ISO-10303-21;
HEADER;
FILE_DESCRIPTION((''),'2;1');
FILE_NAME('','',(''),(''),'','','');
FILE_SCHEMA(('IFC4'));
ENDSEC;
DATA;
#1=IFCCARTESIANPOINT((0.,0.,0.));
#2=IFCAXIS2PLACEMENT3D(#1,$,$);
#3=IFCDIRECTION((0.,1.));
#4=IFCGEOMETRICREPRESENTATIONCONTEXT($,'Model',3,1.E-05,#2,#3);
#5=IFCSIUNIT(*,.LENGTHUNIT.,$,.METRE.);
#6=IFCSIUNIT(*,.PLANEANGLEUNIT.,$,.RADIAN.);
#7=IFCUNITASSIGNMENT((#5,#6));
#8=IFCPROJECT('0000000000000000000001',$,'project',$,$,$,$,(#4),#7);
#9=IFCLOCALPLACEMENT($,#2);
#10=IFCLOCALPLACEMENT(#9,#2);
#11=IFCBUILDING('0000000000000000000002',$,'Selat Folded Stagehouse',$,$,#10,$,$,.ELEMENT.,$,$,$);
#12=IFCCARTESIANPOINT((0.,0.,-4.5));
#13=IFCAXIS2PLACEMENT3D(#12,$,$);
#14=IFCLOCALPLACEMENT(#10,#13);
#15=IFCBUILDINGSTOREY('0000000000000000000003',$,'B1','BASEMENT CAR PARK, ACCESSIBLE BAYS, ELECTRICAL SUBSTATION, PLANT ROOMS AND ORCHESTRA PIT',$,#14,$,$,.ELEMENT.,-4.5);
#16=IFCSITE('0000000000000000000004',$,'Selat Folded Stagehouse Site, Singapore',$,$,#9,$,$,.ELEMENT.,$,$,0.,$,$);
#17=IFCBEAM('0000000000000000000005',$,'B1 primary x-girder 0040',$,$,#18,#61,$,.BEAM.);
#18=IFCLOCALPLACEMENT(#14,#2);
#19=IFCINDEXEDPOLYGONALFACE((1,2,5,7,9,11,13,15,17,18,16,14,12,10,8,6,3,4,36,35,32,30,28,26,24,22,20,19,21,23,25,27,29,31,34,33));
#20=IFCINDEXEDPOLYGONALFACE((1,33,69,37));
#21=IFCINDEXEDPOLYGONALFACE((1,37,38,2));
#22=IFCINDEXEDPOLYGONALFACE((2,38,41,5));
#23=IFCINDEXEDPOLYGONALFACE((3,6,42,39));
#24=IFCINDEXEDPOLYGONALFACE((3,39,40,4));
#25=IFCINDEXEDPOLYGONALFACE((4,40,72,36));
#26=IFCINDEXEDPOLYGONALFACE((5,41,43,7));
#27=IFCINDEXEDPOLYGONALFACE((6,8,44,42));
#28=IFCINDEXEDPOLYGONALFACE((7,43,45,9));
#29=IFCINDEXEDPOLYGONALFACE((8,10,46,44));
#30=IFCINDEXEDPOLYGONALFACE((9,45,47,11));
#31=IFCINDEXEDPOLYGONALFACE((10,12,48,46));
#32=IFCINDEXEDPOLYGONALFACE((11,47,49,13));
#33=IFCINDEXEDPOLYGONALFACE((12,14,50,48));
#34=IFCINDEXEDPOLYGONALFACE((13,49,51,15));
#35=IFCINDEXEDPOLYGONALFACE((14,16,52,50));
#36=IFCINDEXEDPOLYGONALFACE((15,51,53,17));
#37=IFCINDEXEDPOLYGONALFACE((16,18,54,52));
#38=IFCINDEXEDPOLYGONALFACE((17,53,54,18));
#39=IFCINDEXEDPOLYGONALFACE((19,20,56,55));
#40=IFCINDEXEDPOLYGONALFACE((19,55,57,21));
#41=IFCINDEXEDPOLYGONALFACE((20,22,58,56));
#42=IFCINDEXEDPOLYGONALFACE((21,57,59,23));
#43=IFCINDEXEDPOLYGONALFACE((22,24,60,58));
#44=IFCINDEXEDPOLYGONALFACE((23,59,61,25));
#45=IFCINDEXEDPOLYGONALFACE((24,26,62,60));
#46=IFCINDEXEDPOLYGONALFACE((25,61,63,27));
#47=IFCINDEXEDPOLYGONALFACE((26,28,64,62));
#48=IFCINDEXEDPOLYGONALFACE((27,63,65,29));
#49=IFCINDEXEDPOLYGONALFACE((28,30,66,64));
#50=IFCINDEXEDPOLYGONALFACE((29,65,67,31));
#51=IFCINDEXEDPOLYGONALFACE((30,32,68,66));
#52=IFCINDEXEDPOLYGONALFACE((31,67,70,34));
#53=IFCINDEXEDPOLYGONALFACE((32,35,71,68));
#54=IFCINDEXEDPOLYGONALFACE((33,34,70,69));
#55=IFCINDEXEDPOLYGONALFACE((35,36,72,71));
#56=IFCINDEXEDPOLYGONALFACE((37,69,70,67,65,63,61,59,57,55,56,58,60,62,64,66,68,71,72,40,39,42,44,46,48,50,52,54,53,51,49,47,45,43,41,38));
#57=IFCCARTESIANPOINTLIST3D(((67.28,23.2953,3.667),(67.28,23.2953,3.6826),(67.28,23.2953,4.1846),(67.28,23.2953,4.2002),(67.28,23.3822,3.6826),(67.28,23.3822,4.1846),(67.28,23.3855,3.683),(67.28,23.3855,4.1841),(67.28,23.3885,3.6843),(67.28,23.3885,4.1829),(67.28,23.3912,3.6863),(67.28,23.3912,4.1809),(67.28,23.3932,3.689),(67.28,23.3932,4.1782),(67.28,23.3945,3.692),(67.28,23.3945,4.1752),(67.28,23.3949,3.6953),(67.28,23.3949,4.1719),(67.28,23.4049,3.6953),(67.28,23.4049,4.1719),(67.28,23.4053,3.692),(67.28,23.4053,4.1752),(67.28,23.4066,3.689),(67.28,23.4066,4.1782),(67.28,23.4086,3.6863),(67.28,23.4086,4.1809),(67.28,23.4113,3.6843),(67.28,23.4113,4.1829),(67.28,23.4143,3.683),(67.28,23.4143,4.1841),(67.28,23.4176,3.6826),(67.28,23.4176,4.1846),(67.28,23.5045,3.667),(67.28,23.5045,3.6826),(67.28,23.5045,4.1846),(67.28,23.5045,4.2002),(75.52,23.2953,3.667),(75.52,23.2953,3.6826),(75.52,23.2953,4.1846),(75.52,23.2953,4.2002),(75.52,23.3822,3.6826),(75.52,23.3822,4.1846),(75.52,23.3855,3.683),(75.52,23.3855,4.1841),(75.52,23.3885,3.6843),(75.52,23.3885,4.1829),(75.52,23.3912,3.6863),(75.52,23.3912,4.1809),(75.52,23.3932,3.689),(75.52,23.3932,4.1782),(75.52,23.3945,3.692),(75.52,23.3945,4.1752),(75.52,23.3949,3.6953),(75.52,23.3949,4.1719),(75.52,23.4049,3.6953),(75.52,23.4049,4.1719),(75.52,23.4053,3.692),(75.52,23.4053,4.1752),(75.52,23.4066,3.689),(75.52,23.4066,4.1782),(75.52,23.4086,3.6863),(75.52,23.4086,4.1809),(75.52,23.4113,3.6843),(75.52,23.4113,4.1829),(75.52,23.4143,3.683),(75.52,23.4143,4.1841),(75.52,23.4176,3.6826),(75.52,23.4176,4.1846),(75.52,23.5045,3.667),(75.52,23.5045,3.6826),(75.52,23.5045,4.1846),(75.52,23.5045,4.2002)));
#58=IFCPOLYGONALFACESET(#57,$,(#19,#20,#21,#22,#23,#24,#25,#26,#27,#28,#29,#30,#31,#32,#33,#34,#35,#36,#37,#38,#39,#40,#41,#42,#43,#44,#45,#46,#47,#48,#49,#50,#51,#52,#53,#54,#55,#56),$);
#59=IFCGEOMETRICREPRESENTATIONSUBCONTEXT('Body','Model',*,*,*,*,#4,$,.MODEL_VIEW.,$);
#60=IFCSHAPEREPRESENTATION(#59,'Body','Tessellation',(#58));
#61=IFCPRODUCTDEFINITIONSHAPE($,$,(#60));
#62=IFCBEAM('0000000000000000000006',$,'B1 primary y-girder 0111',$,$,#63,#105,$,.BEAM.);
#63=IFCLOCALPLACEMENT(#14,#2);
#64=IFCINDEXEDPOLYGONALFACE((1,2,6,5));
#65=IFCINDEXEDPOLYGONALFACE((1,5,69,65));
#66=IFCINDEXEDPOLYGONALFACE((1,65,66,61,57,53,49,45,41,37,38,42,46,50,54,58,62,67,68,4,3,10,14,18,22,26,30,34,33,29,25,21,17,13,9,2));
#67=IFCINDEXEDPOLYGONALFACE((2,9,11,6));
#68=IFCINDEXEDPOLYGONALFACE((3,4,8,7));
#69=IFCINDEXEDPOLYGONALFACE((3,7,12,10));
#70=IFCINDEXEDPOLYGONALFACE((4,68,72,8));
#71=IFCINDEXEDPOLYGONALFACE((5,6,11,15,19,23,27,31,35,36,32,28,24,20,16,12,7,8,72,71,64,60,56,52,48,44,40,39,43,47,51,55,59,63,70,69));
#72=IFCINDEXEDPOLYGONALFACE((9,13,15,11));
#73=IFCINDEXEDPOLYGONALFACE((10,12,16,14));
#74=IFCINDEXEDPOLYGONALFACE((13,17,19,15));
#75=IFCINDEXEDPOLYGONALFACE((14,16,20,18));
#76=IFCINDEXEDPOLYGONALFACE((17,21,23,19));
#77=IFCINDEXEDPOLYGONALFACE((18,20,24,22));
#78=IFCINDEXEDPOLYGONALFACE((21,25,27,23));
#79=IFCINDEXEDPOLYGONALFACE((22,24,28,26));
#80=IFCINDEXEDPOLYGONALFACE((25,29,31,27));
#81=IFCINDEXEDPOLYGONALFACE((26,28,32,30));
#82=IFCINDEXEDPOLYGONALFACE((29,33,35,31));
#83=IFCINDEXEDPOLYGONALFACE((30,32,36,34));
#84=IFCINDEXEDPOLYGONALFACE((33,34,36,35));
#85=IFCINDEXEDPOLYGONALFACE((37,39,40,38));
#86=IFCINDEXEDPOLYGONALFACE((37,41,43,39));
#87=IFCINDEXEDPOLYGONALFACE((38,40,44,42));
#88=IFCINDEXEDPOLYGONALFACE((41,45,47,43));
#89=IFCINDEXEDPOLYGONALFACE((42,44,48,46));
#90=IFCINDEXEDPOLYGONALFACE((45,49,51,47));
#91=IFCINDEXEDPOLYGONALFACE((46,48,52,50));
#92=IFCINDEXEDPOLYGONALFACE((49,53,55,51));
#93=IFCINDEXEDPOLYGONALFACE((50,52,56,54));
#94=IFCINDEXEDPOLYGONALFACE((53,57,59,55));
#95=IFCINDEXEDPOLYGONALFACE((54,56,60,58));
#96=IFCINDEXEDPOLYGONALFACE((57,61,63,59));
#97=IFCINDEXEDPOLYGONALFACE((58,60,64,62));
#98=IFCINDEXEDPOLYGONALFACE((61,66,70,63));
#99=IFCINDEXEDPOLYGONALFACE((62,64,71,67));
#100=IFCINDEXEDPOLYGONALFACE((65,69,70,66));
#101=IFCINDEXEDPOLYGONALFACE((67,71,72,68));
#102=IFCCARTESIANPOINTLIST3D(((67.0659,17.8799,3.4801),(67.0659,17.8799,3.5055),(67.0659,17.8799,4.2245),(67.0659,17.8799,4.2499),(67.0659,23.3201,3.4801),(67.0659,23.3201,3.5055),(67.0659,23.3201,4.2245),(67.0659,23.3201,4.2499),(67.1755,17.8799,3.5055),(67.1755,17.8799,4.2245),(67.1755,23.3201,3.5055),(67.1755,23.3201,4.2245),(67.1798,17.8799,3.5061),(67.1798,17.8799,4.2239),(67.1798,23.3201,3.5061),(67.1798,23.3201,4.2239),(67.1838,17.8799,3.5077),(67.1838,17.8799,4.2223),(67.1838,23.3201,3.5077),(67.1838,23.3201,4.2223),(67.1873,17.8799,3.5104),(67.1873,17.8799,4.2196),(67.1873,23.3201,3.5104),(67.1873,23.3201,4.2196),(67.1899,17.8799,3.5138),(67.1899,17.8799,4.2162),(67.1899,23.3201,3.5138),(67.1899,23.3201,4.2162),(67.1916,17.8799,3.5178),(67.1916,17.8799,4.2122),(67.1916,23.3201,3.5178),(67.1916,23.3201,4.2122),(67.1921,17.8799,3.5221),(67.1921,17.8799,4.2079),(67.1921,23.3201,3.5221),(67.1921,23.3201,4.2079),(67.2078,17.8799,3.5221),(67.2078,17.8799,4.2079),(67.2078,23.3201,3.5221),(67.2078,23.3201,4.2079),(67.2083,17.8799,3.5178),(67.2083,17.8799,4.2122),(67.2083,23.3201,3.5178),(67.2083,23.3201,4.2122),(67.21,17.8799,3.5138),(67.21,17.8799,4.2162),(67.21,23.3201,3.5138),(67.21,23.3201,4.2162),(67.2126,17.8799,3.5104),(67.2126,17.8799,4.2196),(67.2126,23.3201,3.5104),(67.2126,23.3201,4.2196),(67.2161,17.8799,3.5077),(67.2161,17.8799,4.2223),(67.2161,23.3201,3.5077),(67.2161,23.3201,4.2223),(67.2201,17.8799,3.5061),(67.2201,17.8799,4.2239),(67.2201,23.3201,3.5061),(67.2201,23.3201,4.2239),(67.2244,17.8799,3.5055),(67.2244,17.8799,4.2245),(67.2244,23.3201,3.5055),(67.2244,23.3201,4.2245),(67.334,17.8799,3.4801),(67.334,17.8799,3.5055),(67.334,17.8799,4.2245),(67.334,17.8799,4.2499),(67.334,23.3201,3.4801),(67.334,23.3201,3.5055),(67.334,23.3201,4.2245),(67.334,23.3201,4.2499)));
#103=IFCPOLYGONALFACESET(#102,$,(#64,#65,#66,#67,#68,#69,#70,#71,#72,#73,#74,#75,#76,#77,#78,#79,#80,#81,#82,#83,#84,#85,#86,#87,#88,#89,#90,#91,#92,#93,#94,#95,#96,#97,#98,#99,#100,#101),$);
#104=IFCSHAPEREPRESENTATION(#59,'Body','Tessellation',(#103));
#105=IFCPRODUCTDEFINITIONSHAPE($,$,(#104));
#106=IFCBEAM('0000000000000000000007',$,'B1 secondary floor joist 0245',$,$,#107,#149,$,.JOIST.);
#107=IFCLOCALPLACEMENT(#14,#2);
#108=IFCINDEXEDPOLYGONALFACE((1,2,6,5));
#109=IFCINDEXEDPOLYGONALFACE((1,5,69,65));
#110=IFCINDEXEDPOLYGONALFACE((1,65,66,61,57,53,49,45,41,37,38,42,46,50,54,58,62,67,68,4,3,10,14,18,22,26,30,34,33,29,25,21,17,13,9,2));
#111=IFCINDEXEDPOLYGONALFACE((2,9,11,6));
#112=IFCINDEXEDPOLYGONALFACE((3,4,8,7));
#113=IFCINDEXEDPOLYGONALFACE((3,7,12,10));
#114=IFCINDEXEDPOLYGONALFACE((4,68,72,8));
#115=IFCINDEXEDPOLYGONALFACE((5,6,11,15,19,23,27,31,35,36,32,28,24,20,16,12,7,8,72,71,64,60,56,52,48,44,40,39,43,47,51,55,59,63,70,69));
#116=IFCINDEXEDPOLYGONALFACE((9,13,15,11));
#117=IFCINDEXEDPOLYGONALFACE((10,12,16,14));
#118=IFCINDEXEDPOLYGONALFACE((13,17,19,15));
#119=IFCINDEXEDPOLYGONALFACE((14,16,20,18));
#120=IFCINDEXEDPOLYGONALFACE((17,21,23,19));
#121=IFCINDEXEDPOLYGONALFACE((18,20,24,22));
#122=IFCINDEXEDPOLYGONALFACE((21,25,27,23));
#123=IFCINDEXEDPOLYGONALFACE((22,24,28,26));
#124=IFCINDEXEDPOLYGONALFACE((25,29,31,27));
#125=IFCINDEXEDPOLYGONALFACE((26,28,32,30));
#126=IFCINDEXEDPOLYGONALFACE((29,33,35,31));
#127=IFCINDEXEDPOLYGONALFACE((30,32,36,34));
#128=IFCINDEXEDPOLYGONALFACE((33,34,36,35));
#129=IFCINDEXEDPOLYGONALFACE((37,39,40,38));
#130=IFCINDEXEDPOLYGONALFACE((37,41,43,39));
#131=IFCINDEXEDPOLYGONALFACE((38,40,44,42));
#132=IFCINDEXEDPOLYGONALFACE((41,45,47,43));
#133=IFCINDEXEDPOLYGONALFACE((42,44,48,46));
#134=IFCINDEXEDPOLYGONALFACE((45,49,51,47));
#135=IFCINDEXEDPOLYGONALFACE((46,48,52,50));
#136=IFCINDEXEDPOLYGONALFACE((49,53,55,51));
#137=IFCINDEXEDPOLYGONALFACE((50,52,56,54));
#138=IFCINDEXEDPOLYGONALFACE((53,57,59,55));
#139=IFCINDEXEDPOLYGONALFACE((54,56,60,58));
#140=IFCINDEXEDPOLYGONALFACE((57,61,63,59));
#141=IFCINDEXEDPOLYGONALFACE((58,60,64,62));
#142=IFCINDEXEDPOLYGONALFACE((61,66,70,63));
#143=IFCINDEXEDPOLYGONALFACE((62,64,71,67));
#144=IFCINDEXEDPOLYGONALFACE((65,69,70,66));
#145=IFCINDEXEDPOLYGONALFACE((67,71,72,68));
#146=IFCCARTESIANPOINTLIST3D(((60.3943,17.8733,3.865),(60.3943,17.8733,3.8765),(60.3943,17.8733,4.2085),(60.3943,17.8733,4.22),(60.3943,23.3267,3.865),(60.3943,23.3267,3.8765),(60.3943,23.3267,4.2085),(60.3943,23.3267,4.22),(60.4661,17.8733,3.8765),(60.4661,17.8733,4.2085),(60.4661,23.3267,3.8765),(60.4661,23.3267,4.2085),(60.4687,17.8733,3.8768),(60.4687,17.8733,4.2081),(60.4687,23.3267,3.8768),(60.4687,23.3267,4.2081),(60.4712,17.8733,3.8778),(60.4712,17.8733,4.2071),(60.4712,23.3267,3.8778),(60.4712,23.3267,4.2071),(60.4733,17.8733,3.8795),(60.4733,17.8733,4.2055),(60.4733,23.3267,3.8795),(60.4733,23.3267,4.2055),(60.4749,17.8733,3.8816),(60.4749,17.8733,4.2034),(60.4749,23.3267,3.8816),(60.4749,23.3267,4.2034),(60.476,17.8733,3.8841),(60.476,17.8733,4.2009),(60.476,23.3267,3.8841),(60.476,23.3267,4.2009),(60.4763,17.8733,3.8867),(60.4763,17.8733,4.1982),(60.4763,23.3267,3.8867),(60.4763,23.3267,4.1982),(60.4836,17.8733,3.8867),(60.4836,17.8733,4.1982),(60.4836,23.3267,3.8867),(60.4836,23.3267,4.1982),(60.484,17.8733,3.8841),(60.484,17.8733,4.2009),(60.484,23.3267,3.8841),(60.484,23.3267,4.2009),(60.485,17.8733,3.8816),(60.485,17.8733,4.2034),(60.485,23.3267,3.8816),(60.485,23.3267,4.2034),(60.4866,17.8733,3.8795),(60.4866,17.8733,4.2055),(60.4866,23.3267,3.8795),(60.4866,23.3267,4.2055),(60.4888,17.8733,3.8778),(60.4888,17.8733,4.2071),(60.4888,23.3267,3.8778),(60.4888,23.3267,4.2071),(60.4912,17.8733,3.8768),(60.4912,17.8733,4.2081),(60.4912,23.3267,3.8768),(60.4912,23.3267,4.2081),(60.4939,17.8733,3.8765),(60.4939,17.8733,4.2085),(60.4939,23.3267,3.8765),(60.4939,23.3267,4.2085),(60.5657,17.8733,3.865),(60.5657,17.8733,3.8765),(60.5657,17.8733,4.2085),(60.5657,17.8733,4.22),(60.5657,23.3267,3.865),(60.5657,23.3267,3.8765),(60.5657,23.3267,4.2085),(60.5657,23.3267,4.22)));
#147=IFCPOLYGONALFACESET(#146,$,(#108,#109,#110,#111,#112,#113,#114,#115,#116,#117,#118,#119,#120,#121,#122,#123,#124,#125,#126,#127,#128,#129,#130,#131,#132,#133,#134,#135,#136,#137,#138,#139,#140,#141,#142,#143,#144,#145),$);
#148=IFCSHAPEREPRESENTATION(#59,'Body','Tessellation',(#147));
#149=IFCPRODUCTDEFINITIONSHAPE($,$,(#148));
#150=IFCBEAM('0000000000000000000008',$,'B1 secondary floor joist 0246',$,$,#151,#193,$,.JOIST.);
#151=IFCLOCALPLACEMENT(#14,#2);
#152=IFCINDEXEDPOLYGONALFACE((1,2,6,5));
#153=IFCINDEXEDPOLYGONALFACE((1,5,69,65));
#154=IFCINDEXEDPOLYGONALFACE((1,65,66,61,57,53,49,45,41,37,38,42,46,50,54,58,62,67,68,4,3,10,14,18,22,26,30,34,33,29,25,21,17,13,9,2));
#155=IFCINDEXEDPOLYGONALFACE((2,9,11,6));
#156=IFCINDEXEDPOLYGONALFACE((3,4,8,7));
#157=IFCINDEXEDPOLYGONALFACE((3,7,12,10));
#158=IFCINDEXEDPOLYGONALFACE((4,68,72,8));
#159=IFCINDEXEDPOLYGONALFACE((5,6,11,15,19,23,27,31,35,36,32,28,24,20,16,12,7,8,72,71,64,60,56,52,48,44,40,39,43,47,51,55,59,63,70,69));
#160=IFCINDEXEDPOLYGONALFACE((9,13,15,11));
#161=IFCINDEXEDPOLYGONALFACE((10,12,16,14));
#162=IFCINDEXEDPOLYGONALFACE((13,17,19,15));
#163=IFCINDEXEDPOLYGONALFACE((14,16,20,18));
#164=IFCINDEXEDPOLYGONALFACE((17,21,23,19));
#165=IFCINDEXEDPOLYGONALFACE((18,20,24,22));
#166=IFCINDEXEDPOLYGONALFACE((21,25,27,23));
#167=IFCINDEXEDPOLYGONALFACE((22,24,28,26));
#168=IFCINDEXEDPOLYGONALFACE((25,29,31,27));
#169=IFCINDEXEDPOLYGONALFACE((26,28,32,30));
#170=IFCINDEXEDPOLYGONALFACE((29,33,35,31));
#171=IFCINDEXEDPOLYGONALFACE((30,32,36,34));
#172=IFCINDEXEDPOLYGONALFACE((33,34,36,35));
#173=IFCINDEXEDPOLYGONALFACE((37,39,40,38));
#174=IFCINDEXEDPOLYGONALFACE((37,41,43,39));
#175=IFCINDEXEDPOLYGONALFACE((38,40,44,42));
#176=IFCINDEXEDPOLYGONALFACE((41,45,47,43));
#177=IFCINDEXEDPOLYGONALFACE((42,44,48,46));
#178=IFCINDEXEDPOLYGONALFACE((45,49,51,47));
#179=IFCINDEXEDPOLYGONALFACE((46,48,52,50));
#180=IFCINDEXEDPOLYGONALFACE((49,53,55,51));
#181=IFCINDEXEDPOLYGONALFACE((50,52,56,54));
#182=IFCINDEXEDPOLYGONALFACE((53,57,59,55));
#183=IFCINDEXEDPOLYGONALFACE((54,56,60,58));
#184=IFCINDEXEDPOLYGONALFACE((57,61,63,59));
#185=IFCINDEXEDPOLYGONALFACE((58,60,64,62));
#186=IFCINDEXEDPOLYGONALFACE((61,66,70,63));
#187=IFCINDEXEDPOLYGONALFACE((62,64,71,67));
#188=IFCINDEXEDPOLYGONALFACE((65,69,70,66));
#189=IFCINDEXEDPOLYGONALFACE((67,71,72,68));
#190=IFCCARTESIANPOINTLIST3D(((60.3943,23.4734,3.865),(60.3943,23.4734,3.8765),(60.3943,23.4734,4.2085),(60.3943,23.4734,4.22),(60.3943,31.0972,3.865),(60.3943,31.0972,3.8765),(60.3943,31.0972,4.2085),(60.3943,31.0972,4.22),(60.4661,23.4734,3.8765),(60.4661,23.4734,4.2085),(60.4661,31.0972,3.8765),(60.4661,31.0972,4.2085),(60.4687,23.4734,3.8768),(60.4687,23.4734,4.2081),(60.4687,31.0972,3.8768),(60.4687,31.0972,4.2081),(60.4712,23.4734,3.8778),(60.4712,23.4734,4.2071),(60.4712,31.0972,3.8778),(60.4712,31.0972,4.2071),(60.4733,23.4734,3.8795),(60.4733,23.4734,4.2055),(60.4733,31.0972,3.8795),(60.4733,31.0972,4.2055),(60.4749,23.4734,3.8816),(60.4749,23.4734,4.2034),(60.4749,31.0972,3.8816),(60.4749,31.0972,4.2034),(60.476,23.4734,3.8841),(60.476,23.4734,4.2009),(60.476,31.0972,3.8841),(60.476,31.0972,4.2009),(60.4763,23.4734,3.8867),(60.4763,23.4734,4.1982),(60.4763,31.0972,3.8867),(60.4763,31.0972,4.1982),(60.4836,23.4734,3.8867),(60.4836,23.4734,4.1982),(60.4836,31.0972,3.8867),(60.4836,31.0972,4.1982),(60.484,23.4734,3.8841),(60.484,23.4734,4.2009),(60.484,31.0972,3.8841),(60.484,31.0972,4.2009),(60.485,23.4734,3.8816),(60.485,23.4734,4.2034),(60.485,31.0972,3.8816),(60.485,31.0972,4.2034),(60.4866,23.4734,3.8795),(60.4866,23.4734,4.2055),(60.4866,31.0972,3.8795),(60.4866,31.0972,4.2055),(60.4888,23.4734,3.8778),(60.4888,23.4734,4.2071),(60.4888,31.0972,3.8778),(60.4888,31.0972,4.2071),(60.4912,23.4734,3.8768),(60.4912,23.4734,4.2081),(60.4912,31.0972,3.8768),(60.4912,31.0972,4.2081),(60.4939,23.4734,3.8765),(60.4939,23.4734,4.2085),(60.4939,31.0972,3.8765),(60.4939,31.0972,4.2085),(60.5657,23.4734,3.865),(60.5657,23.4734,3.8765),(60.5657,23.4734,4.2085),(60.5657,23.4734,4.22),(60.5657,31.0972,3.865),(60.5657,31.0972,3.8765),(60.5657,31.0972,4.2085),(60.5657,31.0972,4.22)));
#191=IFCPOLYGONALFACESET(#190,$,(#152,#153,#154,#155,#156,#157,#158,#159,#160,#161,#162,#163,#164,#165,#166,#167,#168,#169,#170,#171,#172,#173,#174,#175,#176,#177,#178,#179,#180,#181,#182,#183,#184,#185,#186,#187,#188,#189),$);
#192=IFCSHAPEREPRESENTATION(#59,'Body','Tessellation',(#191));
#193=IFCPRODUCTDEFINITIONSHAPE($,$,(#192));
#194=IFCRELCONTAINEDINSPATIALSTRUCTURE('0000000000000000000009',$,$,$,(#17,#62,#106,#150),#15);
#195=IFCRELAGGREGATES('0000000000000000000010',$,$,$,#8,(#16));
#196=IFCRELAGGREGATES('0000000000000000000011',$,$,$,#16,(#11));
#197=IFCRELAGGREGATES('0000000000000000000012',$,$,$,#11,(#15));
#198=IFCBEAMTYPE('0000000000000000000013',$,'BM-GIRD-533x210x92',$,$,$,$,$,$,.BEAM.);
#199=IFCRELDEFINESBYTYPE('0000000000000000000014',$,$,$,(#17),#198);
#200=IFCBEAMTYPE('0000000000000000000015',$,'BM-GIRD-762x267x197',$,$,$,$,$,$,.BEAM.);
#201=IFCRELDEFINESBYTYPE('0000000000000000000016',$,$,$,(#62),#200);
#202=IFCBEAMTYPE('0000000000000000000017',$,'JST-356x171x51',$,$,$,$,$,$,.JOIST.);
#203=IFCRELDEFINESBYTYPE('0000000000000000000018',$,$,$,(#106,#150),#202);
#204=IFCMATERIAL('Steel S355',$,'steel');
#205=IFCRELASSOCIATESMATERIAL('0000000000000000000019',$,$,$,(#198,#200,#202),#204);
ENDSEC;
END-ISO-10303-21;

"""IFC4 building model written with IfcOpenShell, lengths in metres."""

from ifc_helpers import new_model, si_unit, direction, frame, origin, origin_2d, place, context, subcontext, project, spatial, i_section, extrude, material, material_profile, profile_set, type_object, element, save


model = new_model("IFC4")

# Units and contexts
model_context = context("Model", 3, precision=1e-05, world=origin(), true_north=direction((0.0, 1.0)))
body_context = subcontext(model_context, "Body", "Model", "MODEL_VIEW")
ifc_project = project(units=[si_unit("LENGTHUNIT", "METRE"), si_unit("PLANEANGLEUNIT", "RADIAN")], contexts=[model_context])

# Site, building, storey
site_placement = place(None, origin())
site = spatial("IfcSite", under=ifc_project, at=site_placement, Name="Selat Folded Stagehouse Site, Singapore", CompositionType="ELEMENT", RefElevation=0.0)
building_placement = place(site_placement, origin())
building = spatial("IfcBuilding", under=site, at=building_placement, Name="Selat Folded Stagehouse", CompositionType="ELEMENT")
storey_placement = place(building_placement, frame((0.0, 0.0, -4.5)))
storey = spatial("IfcBuildingStorey", under=building, at=storey_placement, Name="B1", Description="BASEMENT CAR PARK, ACCESSIBLE BAYS, ELECTRICAL SUBSTATION, PLANT ROOMS AND ORCHESTRA PIT", CompositionType="ELEMENT", Elevation=-4.5)

# Shared definitions
ifc_material_1 = material(Name="Steel S355", Category="steel")

# Beams
ifc_material_profile_1 = material_profile(ifc_material_1, i_section(OverallWidth=0.2092, OverallDepth=0.5332, WebThickness=0.01, FlangeThickness=0.0156, FilletRadius=0.0127, at=origin_2d()), Name="UKB 533x210x92")
ifc_profile_set_1 = profile_set([ifc_material_profile_1], Name="Steel S355")
beam_type_1 = type_object("IfcBeamType", Name="BM-GIRD-533x210x92", PredefinedType="BEAM", material=ifc_profile_set_1)
beam_1_placement = place(storey_placement, frame((67.28, 23.3999, 3.9336), z_axis=(1.0, 0.0, 0.0), x_axis=(0.0, 1.0, 0.0)))
element("IfcBeam", 1, at=beam_1_placement, inside=storey, type_object=beam_type_1, Name="B1 primary x-girder 0040", PredefinedType="BEAM", context=body_context, shape_type="SweptSolid", body=[
    extrude(i_section(OverallWidth=0.2092, OverallDepth=0.5332, WebThickness=0.01, FlangeThickness=0.0156, FilletRadius=0.0127, at=origin_2d()), origin(), (0.0, 0.0, 1.0), 8.24),
])
ifc_material_profile_2 = material_profile(ifc_material_1, i_section(OverallWidth=0.2681, OverallDepth=0.7698, WebThickness=0.0156, FlangeThickness=0.0254, FilletRadius=0.0166, at=origin_2d()), Name="UKB 762x267x197")
ifc_profile_set_2 = profile_set([ifc_material_profile_2], Name="Steel S355")
beam_type_2 = type_object("IfcBeamType", Name="BM-GIRD-762x267x197", PredefinedType="BEAM", material=ifc_profile_set_2)
beam_2_placement = place(storey_placement, frame((67.2, 17.8799, 3.865), z_axis=(0.0, 1.0, 0.0), x_axis=(-1.0, 0.0, 0.0)))
element("IfcBeam", 2, at=beam_2_placement, inside=storey, type_object=beam_type_2, Name="B1 primary y-girder 0111", PredefinedType="BEAM", context=body_context, shape_type="SweptSolid", body=[
    extrude(i_section(OverallWidth=0.2681, OverallDepth=0.7698, WebThickness=0.0156, FlangeThickness=0.0254, FilletRadius=0.0166, at=origin_2d()), origin(), (0.0, 0.0, 1.0), 5.4402),
])
ifc_material_profile_3 = material_profile(ifc_material_1, i_section(OverallWidth=0.1714, OverallDepth=0.355, WebThickness=0.0073, FlangeThickness=0.0115, FilletRadius=0.0103, at=origin_2d()), Name="UKB 356x171x51")
ifc_profile_set_3 = profile_set([ifc_material_profile_3], Name="Steel S355")
beam_type_3 = type_object("IfcBeamType", Name="JST-356x171x51", PredefinedType="JOIST", material=ifc_profile_set_3)
beam_3_placement = place(storey_placement, frame((60.48, 17.8733, 4.0425), z_axis=(0.0, 1.0, 0.0), x_axis=(-1.0, 0.0, 0.0)))
element("IfcBeam", 3, at=beam_3_placement, inside=storey, type_object=beam_type_3, Name="B1 secondary floor joist 0245", PredefinedType="JOIST", context=body_context, shape_type="SweptSolid", body=[
    extrude(i_section(OverallWidth=0.1714, OverallDepth=0.355, WebThickness=0.0073, FlangeThickness=0.0115, FilletRadius=0.0103, at=origin_2d()), origin(), (0.0, 0.0, 1.0), 5.4534),
])
beam_4_placement = place(storey_placement, frame((60.48, 23.4734, 4.0425), z_axis=(0.0, 1.0, 0.0), x_axis=(-1.0, 0.0, 0.0)))
element("IfcBeam", 4, at=beam_4_placement, inside=storey, type_object=beam_type_3, Name="B1 secondary floor joist 0246", PredefinedType="JOIST", context=body_context, shape_type="SweptSolid", body=[
    extrude(i_section(OverallWidth=0.1714, OverallDepth=0.355, WebThickness=0.0073, FlangeThickness=0.0115, FilletRadius=0.0103, at=origin_2d()), origin(), (0.0, 0.0, 1.0), 7.6238),
])

save(model, "model.ifc")
